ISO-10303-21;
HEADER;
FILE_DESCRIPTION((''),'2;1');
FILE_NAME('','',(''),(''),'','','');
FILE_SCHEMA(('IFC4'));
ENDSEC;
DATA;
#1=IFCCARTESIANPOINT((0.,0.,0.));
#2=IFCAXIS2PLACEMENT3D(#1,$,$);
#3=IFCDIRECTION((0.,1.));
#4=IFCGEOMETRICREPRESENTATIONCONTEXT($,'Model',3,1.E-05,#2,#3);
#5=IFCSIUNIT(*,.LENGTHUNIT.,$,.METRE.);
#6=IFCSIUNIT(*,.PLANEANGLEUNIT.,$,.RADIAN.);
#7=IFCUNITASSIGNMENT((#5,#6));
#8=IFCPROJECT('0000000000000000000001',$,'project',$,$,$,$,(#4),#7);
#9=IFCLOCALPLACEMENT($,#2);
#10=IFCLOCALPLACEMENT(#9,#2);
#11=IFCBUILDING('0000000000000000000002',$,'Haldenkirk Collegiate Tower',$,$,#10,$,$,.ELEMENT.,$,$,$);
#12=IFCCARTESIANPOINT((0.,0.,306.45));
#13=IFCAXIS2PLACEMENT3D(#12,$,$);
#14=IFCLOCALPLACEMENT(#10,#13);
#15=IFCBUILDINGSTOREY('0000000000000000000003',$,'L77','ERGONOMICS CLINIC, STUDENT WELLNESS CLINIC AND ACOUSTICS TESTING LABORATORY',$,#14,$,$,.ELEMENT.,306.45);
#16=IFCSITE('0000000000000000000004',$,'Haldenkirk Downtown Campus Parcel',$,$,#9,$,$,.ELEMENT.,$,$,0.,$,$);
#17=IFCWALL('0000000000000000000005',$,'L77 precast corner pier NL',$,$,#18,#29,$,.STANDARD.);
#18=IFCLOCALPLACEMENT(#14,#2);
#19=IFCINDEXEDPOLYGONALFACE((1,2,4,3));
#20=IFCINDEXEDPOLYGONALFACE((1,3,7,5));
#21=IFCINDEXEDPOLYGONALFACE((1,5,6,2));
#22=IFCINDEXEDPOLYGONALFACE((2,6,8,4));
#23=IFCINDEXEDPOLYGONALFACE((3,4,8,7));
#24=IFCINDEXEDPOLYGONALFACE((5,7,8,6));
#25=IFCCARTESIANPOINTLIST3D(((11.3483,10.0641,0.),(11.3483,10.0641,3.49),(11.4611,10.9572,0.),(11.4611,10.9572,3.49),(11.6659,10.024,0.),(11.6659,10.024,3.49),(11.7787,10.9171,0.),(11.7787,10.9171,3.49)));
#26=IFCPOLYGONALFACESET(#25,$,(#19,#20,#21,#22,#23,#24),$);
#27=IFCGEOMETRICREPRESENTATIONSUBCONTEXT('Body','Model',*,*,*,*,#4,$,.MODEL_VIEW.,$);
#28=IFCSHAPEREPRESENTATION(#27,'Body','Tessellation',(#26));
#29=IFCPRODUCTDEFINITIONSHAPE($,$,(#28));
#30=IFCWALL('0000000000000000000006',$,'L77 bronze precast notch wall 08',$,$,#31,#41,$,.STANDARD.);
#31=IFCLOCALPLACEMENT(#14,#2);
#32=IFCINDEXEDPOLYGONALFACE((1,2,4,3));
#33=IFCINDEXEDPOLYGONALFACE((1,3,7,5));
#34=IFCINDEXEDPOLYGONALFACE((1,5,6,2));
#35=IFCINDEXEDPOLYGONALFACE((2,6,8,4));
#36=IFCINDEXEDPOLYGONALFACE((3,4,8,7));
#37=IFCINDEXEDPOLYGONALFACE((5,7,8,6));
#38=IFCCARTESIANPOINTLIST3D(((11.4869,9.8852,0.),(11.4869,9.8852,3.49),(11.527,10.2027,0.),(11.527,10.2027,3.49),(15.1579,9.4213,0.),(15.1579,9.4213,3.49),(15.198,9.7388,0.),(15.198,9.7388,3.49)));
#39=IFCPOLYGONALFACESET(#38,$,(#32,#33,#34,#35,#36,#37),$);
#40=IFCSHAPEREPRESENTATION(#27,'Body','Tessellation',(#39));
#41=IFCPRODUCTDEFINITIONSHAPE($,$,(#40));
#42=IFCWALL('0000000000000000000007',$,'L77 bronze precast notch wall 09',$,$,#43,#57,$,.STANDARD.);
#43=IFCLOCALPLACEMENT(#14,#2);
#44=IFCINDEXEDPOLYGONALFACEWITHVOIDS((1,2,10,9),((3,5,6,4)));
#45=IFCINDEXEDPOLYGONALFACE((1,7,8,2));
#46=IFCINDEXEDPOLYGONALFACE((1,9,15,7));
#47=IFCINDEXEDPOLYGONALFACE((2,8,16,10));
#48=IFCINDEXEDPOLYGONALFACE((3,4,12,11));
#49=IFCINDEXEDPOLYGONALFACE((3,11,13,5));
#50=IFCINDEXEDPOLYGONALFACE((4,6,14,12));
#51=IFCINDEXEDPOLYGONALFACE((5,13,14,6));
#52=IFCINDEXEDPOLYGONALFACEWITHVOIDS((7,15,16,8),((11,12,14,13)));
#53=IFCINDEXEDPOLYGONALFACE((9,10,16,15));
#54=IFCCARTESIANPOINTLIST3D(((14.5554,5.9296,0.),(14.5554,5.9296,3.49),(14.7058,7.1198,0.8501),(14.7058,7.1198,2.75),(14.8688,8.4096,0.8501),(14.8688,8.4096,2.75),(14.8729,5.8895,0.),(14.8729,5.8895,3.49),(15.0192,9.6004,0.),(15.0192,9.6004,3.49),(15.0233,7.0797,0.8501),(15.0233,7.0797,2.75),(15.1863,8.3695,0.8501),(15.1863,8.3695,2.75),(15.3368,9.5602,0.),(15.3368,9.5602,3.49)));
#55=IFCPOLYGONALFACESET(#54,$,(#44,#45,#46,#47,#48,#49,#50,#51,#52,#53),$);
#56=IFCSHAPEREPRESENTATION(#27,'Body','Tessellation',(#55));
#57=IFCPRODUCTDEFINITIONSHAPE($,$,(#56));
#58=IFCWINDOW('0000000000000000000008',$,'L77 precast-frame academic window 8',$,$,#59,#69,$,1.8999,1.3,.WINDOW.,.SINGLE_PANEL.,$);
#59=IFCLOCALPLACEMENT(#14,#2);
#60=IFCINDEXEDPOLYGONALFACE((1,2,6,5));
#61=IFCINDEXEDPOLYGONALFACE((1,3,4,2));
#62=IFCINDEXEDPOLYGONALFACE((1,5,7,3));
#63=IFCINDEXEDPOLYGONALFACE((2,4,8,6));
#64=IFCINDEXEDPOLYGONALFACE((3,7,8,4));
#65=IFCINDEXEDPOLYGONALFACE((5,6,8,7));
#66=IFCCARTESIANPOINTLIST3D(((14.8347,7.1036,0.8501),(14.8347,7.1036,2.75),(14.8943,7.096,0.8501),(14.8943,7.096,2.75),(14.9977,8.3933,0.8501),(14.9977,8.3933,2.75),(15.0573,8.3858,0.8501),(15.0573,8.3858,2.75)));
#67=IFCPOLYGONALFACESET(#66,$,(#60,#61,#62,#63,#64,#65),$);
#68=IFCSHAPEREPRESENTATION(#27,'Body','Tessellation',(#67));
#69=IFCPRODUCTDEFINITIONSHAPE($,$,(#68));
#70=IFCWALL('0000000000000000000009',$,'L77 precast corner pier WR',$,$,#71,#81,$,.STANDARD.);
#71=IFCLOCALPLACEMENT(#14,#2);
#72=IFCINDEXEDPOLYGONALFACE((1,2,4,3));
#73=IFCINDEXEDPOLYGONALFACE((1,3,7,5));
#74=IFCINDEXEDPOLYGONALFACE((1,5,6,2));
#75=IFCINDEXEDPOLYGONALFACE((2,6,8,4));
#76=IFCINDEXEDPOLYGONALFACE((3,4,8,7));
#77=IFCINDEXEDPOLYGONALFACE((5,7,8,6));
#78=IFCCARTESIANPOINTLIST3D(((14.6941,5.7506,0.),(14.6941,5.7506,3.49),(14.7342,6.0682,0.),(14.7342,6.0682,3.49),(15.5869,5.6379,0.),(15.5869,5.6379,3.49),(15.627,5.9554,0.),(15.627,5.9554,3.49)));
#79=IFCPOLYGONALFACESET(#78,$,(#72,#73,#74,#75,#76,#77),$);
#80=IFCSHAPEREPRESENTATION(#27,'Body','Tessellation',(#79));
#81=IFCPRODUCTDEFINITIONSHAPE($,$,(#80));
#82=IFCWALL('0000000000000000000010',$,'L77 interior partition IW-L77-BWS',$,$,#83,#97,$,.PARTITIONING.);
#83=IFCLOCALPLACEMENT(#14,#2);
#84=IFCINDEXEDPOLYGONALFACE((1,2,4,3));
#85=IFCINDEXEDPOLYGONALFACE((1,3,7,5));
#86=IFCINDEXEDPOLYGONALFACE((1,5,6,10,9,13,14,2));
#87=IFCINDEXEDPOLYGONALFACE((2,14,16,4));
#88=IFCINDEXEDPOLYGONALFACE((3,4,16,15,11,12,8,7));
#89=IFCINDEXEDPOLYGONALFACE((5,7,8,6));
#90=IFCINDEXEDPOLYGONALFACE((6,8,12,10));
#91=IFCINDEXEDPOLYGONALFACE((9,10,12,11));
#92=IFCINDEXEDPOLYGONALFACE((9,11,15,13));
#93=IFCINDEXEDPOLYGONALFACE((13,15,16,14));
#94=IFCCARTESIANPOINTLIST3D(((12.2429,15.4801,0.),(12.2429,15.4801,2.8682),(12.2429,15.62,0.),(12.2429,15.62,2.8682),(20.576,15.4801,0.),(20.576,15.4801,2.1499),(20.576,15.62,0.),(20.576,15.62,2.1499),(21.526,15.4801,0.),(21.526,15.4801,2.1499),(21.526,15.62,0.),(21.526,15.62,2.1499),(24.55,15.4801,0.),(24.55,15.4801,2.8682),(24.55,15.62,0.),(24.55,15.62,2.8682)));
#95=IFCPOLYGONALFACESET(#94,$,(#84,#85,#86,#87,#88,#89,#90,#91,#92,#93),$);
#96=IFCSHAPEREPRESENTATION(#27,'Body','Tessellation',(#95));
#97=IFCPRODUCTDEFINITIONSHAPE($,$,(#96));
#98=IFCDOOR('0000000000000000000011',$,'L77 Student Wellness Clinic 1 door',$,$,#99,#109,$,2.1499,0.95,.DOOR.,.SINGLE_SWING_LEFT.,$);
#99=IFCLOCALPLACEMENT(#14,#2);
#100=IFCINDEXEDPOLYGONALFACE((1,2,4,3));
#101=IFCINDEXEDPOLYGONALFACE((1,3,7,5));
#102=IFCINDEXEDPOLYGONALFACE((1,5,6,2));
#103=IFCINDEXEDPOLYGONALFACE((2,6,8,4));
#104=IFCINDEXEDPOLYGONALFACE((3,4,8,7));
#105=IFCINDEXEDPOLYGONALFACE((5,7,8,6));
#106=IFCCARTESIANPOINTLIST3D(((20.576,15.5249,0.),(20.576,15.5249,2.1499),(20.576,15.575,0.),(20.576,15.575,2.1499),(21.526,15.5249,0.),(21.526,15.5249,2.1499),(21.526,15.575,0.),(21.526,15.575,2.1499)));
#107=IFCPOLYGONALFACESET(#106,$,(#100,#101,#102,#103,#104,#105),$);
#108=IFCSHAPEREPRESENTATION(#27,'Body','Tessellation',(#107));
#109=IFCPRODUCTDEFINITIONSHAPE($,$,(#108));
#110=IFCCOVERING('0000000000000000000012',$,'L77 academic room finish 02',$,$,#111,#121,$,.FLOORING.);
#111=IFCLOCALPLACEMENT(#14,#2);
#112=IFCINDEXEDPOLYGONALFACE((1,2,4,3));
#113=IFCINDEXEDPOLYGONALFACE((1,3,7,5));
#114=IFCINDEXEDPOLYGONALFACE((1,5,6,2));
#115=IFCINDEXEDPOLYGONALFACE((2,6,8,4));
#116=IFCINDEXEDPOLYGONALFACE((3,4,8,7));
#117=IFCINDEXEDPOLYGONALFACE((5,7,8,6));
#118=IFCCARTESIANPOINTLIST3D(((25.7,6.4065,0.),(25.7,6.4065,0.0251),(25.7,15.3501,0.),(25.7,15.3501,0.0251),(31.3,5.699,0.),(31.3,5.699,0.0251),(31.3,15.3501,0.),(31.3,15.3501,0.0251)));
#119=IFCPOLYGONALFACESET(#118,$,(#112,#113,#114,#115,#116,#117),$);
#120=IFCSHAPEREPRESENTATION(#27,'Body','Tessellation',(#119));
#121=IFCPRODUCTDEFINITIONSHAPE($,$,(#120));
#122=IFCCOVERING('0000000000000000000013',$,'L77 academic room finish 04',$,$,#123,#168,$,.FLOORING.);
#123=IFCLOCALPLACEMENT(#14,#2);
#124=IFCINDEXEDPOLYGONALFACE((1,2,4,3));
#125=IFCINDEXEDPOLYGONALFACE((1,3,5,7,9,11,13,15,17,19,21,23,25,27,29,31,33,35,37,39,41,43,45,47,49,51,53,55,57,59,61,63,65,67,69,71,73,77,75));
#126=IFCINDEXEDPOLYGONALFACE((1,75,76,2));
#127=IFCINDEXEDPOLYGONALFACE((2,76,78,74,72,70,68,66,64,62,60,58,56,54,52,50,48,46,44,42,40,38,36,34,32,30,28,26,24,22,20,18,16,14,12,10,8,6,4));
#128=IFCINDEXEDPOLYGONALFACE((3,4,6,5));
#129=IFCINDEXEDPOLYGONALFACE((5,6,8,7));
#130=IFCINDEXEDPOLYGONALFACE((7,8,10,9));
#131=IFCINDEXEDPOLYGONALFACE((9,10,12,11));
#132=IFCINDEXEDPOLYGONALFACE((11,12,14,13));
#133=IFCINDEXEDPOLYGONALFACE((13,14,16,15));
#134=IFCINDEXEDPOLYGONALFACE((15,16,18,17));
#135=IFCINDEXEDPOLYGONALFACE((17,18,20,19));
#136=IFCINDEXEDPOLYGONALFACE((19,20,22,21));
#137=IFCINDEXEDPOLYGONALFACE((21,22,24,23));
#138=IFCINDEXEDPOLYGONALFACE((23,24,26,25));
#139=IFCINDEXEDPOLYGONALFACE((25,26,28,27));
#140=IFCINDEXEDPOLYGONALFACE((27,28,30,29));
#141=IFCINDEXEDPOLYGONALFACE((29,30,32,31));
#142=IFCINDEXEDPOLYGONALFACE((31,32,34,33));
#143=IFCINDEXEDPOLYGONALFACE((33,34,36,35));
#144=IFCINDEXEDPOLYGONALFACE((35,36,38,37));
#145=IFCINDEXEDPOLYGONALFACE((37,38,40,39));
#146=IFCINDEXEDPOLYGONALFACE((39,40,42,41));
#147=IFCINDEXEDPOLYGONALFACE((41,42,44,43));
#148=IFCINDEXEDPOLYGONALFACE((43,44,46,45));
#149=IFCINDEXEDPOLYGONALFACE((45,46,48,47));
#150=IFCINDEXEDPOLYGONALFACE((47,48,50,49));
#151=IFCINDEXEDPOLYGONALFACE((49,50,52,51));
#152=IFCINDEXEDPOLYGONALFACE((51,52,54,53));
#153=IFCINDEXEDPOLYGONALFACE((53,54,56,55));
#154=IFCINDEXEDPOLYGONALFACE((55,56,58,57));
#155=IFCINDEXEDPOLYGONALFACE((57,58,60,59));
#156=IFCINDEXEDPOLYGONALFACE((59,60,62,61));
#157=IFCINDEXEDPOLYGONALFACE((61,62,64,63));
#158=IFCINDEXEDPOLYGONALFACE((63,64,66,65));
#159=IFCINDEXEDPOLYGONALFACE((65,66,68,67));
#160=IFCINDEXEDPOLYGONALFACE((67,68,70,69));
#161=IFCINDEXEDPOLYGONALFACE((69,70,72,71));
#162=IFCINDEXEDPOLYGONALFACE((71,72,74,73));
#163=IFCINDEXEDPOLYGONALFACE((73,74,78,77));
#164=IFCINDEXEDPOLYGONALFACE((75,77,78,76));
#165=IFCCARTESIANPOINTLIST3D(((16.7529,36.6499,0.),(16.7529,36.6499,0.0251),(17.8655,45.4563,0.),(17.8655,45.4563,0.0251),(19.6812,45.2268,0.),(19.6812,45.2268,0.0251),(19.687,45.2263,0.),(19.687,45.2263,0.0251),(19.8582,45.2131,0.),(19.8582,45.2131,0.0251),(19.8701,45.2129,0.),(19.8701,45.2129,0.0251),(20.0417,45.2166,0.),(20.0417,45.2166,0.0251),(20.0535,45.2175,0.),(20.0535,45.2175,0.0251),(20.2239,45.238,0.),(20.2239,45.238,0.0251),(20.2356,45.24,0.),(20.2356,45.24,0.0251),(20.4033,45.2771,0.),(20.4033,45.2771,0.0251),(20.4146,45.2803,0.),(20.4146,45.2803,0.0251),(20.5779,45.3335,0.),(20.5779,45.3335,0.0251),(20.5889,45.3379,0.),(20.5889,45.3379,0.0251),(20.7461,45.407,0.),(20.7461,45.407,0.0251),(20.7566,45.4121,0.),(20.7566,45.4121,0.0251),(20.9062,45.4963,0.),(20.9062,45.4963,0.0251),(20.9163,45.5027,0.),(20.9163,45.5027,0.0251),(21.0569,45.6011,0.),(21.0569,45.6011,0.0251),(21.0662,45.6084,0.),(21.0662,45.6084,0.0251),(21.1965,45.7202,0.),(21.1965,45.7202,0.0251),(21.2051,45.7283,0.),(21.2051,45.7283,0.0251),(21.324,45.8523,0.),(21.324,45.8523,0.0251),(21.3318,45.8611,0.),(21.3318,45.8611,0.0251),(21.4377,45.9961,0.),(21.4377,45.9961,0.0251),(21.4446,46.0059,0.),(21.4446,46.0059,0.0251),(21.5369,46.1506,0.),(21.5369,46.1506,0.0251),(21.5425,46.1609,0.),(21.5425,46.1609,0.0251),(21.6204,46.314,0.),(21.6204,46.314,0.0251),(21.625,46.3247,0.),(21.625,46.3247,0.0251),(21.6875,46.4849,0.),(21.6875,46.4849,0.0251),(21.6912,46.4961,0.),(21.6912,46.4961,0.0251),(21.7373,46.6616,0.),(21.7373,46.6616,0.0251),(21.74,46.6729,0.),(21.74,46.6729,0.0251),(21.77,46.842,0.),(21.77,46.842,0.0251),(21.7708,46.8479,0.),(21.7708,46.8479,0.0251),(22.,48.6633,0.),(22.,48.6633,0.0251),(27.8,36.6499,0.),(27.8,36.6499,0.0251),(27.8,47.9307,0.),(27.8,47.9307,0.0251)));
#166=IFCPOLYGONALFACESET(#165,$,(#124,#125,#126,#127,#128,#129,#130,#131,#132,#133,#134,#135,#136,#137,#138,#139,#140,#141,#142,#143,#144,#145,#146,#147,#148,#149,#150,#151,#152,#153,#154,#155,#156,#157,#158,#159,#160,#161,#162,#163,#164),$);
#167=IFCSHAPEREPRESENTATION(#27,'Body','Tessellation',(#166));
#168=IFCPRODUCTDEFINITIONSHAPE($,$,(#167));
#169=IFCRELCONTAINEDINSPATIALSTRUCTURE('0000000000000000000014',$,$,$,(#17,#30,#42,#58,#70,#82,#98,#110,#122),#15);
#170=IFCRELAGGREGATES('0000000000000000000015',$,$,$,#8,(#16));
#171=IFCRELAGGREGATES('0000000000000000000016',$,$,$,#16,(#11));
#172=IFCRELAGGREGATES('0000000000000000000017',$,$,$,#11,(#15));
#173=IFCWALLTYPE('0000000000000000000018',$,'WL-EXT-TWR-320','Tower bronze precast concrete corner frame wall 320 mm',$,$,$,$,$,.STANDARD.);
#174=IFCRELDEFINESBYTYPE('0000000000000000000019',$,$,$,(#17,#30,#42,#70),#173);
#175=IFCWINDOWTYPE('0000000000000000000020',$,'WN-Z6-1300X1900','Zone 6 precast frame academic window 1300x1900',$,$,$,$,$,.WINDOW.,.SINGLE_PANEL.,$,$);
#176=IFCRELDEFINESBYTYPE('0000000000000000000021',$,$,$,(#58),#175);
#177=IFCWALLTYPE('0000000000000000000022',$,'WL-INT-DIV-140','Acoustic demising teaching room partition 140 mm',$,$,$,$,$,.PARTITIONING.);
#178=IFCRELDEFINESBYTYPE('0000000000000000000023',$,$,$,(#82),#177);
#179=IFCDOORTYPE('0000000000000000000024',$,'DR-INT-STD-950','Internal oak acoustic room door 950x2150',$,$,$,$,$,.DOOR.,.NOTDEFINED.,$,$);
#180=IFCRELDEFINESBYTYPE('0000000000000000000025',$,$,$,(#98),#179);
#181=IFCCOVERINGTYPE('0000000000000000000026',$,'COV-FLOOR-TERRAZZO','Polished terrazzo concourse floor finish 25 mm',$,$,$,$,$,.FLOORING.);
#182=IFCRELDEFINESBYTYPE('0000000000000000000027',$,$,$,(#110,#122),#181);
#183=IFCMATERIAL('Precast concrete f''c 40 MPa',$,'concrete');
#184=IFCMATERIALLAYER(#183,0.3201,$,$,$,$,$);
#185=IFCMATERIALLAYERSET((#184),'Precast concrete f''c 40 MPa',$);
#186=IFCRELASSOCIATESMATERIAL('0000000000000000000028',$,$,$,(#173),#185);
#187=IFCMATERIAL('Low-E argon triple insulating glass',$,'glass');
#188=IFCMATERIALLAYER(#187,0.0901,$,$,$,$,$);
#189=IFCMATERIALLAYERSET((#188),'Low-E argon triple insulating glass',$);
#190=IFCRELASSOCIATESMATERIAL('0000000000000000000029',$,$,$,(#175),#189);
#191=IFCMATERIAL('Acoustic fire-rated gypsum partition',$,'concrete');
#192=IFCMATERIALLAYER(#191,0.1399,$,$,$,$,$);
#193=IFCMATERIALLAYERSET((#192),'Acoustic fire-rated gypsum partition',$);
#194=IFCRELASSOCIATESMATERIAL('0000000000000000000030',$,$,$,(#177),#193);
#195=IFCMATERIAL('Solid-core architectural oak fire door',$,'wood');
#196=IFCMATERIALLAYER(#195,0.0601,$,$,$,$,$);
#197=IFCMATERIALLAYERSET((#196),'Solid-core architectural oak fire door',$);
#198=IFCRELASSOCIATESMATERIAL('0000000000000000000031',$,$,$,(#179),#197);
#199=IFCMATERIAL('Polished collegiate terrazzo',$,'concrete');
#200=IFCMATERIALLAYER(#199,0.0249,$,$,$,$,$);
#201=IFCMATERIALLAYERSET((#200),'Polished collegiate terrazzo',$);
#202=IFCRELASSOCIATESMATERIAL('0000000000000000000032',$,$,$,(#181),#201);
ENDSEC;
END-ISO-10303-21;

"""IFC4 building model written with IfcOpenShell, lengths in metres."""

from ifc_helpers import new_model, si_unit, direction, frame, frame_2d, origin, place, context, subcontext, project, spatial, polyline, rectangle, outline, extrude, material, layer, layer_set, type_object, element, fill, save


model = new_model("IFC4")

# Units and contexts
model_context = context("Model", 3, precision=1e-05, world=origin(), true_north=direction((0.0, 1.0)))
body_context = subcontext(model_context, "Body", "Model", "MODEL_VIEW")
ifc_project = project(units=[si_unit("LENGTHUNIT", "METRE"), si_unit("PLANEANGLEUNIT", "RADIAN")], contexts=[model_context])

# Site, building, storey
site_placement = place(None, origin())
site = spatial("IfcSite", under=ifc_project, at=site_placement, Name="Haldenkirk Downtown Campus Parcel", CompositionType="ELEMENT", RefElevation=0.0)
building_placement = place(site_placement, origin())
building = spatial("IfcBuilding", under=site, at=building_placement, Name="Haldenkirk Collegiate Tower", CompositionType="ELEMENT")
storey_placement = place(building_placement, frame((0.0, 0.0, 306.45)))
storey = spatial("IfcBuildingStorey", under=building, at=storey_placement, Name="L77", Description="ERGONOMICS CLINIC, STUDENT WELLNESS CLINIC AND ACOUSTICS TESTING LABORATORY", CompositionType="ELEMENT", Elevation=306.45)

# Shared definitions
ifc_material_1 = material(Name="Low-E argon triple insulating glass", Category="glass")

# Walls
ifc_material_2 = material(Name="Precast concrete f'c 40 MPa", Category="concrete")
ifc_layer_1 = layer(ifc_material_2, 0.3201)
ifc_layer_set_1 = layer_set([ifc_layer_1], Name="Precast concrete f'c 40 MPa")
wall_type_1 = type_object("IfcWallType", Name="WL-EXT-TWR-320", Description="Tower bronze precast concrete corner frame wall 320 mm", PredefinedType="STANDARD", material=ifc_layer_set_1)
wall_1_placement = place(storey_placement, frame((11.5071, 10.0439, 0.0), z_axis=(0.0, 0.0, 1.0), x_axis=(0.125303, 0.992119, 0.0)))
element("IfcWall", 1, at=wall_1_placement, inside=storey, type_object=wall_type_1, Name="L77 precast corner pier NL", PredefinedType="STANDARD", context=body_context, shape_type="SweptSolid", body=[
    extrude(rectangle(XDim=0.9001, YDim=0.3201, at=frame_2d((0.4502, 0.0))), origin(), (0.0, 0.0, 1.0), 3.49),
])
wall_2_placement = place(storey_placement, frame((15.178, 9.5801, 0.0), z_axis=(0.0, 0.0, 1.0), x_axis=(-0.992111, 0.125366, 0.0)))
element("IfcWall", 2, at=wall_2_placement, inside=storey, type_object=wall_type_1, Name="L77 bronze precast notch wall 08", PredefinedType="STANDARD", context=body_context, shape_type="SweptSolid", body=[
    extrude(rectangle(XDim=3.7002, YDim=0.3201, at=frame_2d((1.8501, 0.0))), origin(), (0.0, 0.0, 1.0), 3.49),
])

# Wall, opening, window
wall_3_placement = place(storey_placement, frame((14.7141, 5.9094, 0.0), z_axis=(0.0, 0.0, 1.0), x_axis=(0.125375, 0.992109, 0.0)))
wall_3 = element("IfcWall", 3, at=wall_3_placement, inside=storey, type_object=wall_type_1, Name="L77 bronze precast notch wall 09", PredefinedType="STANDARD", context=body_context, shape_type="SweptSolid", body=[
    extrude(rectangle(XDim=3.7, YDim=0.3201, at=frame_2d((1.8501, 0.0))), origin(), (0.0, 0.0, 1.0), 3.49),
])
opening_1_placement = place(wall_3_placement, frame((1.2, 0.0, 0.8501)))
opening_1 = element("IfcOpeningElement", 4, at=opening_1_placement, cuts=wall_3, PredefinedType="OPENING", context=body_context, shape_type="SweptSolid", body=[
    extrude(rectangle(XDim=1.3, YDim=1.8999, at=frame_2d((0.6499, 0.95))), frame((0.0, 0.1699, 0.0), z_axis=(0.0, -1.0, 0.0), x_axis=(1.0, 0.0, 0.0)), (0.0, 0.0, 1.0), 0.3401),
])
ifc_layer_2 = layer(ifc_material_1, 0.0901)
ifc_layer_set_2 = layer_set([ifc_layer_2], Name="Low-E argon triple insulating glass")
window_type = type_object("IfcWindowType", Name="WN-Z6-1300X1900", Description="Zone 6 precast frame academic window 1300x1900", PartitioningType="SINGLE_PANEL", PredefinedType="WINDOW", material=ifc_layer_set_2)
window_placement = place(opening_1_placement, origin())
window = element("IfcWindow", 5, at=window_placement, inside=storey, type_object=window_type, Name="L77 precast-frame academic window 8", OverallHeight=1.8999, OverallWidth=1.3, PartitioningType="SINGLE_PANEL", PredefinedType="WINDOW", context=body_context, shape_type="SweptSolid", body=[
    extrude(rectangle(XDim=1.3, YDim=1.8999, at=frame_2d((0.6499, 0.95))), frame((0.0, 0.03, 0.0), z_axis=(0.0, -1.0, 0.0), x_axis=(1.0, 0.0, 0.0)), (0.0, 0.0, 1.0), 0.0601),
])
fill(opening_1, window)

# Wall
wall_4_placement = place(storey_placement, frame((15.6069, 5.7966, 0.0), z_axis=(0.0, 0.0, 1.0), x_axis=(-0.992114, 0.125337, 0.0)))
element("IfcWall", 6, at=wall_4_placement, inside=storey, type_object=wall_type_1, Name="L77 precast corner pier WR", PredefinedType="STANDARD", context=body_context, shape_type="SweptSolid", body=[
    extrude(rectangle(XDim=0.8999, YDim=0.3201, at=frame_2d((0.45, 0.0))), origin(), (0.0, 0.0, 1.0), 3.49),
])

# Wall, opening, door
ifc_material_3 = material(Name="Acoustic fire-rated gypsum partition", Category="concrete")
ifc_layer_3 = layer(ifc_material_3, 0.1399)
ifc_layer_set_3 = layer_set([ifc_layer_3], Name="Acoustic fire-rated gypsum partition")
wall_type_2 = type_object("IfcWallType", Name="WL-INT-DIV-140", Description="Acoustic demising teaching room partition 140 mm", PredefinedType="PARTITIONING", material=ifc_layer_set_3)
wall_5_placement = place(storey_placement, frame((12.2429, 15.55, 0.0), z_axis=(0.0, 0.0, 1.0), x_axis=(1.0, 0.0, 0.0)))
wall_5 = element("IfcWall", 7, at=wall_5_placement, inside=storey, type_object=wall_type_2, Name="L77 interior partition IW-L77-BWS", PredefinedType="PARTITIONING", context=body_context, shape_type="SweptSolid", body=[
    extrude(rectangle(XDim=12.3071, YDim=0.1399, at=frame_2d((6.1536, 0.0))), origin(), (0.0, 0.0, 1.0), 2.8682),
])
opening_2_placement = place(wall_5_placement, frame((8.333, 0.0, 0.0)))
opening_2 = element("IfcOpeningElement", 8, at=opening_2_placement, cuts=wall_5, PredefinedType="OPENING", context=body_context, shape_type="SweptSolid", body=[
    extrude(rectangle(XDim=0.95, YDim=2.1499, at=frame_2d((0.4751, 1.075))), frame((0.0, 0.0798, 0.0), z_axis=(0.0, -1.0, 0.0), x_axis=(1.0, 0.0, 0.0)), (0.0, 0.0, 1.0), 0.1599),
])
ifc_material_4 = material(Name="Solid-core architectural oak fire door", Category="wood")
ifc_layer_4 = layer(ifc_material_4, 0.0601)
ifc_layer_set_4 = layer_set([ifc_layer_4], Name="Solid-core architectural oak fire door")
door_type = type_object("IfcDoorType", Name="DR-INT-STD-950", Description="Internal oak acoustic room door 950x2150", OperationType="NOTDEFINED", PredefinedType="DOOR", material=ifc_layer_set_4)
door_placement = place(opening_2_placement, origin())
door = element("IfcDoor", 9, at=door_placement, inside=storey, type_object=door_type, Name="L77 Student Wellness Clinic 1 door", OperationType="SINGLE_SWING_LEFT", OverallHeight=2.1499, OverallWidth=0.95, PredefinedType="DOOR", context=body_context, shape_type="SweptSolid", body=[
    extrude(rectangle(XDim=0.95, YDim=2.1499, at=frame_2d((0.4751, 1.075))), frame((0.0, 0.0249, 0.0), z_axis=(0.0, -1.0, 0.0), x_axis=(1.0, 0.0, 0.0)), (0.0, 0.0, 1.0), 0.05),
])
fill(opening_2, door)

# Coverings
ifc_material_5 = material(Name="Polished collegiate terrazzo", Category="concrete")
ifc_layer_5 = layer(ifc_material_5, 0.0249)
ifc_layer_set_5 = layer_set([ifc_layer_5], Name="Polished collegiate terrazzo")
covering_type_1 = type_object("IfcCoveringType", Name="COV-FLOOR-TERRAZZO", Description="Polished terrazzo concourse floor finish 25 mm", PredefinedType="FLOORING", material=ifc_layer_set_5)
covering_1_placement = place(storey_placement, origin())
element("IfcCovering", 10, at=covering_1_placement, inside=storey, type_object=covering_type_1, Name="L77 academic room finish 02", PredefinedType="FLOORING", context=body_context, shape_type="SweptSolid", body=[
    extrude(outline(polyline([(25.7, 6.4065), (25.7, 15.3501), (31.3, 15.3501), (31.3, 5.699), (25.7, 6.4065)])), origin(), (0.0, 0.0, 1.0), 0.0251),
])
covering_2_placement = place(storey_placement, origin())
element("IfcCovering", 11, at=covering_2_placement, inside=storey, type_object=covering_type_1, Name="L77 academic room finish 04", PredefinedType="FLOORING", context=body_context, shape_type="SweptSolid", body=[
    extrude(outline(polyline([(19.6812, 45.2268), (19.687, 45.2263), (19.8582, 45.2131), (19.8701, 45.2129), (20.0417, 45.2166), (20.0535, 45.2175), (20.2239, 45.238), (20.2356, 45.24), (20.4033, 45.2771), (20.4146, 45.2803), (20.5779, 45.3335), (20.5889, 45.3379), (20.7461, 45.407), (20.7566, 45.4121), (20.9062, 45.4963), (20.9163, 45.5027), (21.0569, 45.6011), (21.0662, 45.6084), (21.1965, 45.7202), (21.2051, 45.7283), (21.324, 45.8523), (21.3318, 45.8611), (21.4377, 45.9961), (21.4446, 46.0059), (21.5369, 46.1506), (21.5425, 46.1609), (21.6204, 46.314), (21.625, 46.3247), (21.6875, 46.4849), (21.6912, 46.4961), (21.7373, 46.6616), (21.74, 46.6729), (21.77, 46.842), (21.7708, 46.8479), (22.0, 48.6633), (27.8, 47.9307), (27.8, 36.6499), (16.7529, 36.6499), (17.8655, 45.4563), (19.6812, 45.2268)])), origin(), (0.0, 0.0, 1.0), 0.0251),
])

save(model, "model.ifc")
